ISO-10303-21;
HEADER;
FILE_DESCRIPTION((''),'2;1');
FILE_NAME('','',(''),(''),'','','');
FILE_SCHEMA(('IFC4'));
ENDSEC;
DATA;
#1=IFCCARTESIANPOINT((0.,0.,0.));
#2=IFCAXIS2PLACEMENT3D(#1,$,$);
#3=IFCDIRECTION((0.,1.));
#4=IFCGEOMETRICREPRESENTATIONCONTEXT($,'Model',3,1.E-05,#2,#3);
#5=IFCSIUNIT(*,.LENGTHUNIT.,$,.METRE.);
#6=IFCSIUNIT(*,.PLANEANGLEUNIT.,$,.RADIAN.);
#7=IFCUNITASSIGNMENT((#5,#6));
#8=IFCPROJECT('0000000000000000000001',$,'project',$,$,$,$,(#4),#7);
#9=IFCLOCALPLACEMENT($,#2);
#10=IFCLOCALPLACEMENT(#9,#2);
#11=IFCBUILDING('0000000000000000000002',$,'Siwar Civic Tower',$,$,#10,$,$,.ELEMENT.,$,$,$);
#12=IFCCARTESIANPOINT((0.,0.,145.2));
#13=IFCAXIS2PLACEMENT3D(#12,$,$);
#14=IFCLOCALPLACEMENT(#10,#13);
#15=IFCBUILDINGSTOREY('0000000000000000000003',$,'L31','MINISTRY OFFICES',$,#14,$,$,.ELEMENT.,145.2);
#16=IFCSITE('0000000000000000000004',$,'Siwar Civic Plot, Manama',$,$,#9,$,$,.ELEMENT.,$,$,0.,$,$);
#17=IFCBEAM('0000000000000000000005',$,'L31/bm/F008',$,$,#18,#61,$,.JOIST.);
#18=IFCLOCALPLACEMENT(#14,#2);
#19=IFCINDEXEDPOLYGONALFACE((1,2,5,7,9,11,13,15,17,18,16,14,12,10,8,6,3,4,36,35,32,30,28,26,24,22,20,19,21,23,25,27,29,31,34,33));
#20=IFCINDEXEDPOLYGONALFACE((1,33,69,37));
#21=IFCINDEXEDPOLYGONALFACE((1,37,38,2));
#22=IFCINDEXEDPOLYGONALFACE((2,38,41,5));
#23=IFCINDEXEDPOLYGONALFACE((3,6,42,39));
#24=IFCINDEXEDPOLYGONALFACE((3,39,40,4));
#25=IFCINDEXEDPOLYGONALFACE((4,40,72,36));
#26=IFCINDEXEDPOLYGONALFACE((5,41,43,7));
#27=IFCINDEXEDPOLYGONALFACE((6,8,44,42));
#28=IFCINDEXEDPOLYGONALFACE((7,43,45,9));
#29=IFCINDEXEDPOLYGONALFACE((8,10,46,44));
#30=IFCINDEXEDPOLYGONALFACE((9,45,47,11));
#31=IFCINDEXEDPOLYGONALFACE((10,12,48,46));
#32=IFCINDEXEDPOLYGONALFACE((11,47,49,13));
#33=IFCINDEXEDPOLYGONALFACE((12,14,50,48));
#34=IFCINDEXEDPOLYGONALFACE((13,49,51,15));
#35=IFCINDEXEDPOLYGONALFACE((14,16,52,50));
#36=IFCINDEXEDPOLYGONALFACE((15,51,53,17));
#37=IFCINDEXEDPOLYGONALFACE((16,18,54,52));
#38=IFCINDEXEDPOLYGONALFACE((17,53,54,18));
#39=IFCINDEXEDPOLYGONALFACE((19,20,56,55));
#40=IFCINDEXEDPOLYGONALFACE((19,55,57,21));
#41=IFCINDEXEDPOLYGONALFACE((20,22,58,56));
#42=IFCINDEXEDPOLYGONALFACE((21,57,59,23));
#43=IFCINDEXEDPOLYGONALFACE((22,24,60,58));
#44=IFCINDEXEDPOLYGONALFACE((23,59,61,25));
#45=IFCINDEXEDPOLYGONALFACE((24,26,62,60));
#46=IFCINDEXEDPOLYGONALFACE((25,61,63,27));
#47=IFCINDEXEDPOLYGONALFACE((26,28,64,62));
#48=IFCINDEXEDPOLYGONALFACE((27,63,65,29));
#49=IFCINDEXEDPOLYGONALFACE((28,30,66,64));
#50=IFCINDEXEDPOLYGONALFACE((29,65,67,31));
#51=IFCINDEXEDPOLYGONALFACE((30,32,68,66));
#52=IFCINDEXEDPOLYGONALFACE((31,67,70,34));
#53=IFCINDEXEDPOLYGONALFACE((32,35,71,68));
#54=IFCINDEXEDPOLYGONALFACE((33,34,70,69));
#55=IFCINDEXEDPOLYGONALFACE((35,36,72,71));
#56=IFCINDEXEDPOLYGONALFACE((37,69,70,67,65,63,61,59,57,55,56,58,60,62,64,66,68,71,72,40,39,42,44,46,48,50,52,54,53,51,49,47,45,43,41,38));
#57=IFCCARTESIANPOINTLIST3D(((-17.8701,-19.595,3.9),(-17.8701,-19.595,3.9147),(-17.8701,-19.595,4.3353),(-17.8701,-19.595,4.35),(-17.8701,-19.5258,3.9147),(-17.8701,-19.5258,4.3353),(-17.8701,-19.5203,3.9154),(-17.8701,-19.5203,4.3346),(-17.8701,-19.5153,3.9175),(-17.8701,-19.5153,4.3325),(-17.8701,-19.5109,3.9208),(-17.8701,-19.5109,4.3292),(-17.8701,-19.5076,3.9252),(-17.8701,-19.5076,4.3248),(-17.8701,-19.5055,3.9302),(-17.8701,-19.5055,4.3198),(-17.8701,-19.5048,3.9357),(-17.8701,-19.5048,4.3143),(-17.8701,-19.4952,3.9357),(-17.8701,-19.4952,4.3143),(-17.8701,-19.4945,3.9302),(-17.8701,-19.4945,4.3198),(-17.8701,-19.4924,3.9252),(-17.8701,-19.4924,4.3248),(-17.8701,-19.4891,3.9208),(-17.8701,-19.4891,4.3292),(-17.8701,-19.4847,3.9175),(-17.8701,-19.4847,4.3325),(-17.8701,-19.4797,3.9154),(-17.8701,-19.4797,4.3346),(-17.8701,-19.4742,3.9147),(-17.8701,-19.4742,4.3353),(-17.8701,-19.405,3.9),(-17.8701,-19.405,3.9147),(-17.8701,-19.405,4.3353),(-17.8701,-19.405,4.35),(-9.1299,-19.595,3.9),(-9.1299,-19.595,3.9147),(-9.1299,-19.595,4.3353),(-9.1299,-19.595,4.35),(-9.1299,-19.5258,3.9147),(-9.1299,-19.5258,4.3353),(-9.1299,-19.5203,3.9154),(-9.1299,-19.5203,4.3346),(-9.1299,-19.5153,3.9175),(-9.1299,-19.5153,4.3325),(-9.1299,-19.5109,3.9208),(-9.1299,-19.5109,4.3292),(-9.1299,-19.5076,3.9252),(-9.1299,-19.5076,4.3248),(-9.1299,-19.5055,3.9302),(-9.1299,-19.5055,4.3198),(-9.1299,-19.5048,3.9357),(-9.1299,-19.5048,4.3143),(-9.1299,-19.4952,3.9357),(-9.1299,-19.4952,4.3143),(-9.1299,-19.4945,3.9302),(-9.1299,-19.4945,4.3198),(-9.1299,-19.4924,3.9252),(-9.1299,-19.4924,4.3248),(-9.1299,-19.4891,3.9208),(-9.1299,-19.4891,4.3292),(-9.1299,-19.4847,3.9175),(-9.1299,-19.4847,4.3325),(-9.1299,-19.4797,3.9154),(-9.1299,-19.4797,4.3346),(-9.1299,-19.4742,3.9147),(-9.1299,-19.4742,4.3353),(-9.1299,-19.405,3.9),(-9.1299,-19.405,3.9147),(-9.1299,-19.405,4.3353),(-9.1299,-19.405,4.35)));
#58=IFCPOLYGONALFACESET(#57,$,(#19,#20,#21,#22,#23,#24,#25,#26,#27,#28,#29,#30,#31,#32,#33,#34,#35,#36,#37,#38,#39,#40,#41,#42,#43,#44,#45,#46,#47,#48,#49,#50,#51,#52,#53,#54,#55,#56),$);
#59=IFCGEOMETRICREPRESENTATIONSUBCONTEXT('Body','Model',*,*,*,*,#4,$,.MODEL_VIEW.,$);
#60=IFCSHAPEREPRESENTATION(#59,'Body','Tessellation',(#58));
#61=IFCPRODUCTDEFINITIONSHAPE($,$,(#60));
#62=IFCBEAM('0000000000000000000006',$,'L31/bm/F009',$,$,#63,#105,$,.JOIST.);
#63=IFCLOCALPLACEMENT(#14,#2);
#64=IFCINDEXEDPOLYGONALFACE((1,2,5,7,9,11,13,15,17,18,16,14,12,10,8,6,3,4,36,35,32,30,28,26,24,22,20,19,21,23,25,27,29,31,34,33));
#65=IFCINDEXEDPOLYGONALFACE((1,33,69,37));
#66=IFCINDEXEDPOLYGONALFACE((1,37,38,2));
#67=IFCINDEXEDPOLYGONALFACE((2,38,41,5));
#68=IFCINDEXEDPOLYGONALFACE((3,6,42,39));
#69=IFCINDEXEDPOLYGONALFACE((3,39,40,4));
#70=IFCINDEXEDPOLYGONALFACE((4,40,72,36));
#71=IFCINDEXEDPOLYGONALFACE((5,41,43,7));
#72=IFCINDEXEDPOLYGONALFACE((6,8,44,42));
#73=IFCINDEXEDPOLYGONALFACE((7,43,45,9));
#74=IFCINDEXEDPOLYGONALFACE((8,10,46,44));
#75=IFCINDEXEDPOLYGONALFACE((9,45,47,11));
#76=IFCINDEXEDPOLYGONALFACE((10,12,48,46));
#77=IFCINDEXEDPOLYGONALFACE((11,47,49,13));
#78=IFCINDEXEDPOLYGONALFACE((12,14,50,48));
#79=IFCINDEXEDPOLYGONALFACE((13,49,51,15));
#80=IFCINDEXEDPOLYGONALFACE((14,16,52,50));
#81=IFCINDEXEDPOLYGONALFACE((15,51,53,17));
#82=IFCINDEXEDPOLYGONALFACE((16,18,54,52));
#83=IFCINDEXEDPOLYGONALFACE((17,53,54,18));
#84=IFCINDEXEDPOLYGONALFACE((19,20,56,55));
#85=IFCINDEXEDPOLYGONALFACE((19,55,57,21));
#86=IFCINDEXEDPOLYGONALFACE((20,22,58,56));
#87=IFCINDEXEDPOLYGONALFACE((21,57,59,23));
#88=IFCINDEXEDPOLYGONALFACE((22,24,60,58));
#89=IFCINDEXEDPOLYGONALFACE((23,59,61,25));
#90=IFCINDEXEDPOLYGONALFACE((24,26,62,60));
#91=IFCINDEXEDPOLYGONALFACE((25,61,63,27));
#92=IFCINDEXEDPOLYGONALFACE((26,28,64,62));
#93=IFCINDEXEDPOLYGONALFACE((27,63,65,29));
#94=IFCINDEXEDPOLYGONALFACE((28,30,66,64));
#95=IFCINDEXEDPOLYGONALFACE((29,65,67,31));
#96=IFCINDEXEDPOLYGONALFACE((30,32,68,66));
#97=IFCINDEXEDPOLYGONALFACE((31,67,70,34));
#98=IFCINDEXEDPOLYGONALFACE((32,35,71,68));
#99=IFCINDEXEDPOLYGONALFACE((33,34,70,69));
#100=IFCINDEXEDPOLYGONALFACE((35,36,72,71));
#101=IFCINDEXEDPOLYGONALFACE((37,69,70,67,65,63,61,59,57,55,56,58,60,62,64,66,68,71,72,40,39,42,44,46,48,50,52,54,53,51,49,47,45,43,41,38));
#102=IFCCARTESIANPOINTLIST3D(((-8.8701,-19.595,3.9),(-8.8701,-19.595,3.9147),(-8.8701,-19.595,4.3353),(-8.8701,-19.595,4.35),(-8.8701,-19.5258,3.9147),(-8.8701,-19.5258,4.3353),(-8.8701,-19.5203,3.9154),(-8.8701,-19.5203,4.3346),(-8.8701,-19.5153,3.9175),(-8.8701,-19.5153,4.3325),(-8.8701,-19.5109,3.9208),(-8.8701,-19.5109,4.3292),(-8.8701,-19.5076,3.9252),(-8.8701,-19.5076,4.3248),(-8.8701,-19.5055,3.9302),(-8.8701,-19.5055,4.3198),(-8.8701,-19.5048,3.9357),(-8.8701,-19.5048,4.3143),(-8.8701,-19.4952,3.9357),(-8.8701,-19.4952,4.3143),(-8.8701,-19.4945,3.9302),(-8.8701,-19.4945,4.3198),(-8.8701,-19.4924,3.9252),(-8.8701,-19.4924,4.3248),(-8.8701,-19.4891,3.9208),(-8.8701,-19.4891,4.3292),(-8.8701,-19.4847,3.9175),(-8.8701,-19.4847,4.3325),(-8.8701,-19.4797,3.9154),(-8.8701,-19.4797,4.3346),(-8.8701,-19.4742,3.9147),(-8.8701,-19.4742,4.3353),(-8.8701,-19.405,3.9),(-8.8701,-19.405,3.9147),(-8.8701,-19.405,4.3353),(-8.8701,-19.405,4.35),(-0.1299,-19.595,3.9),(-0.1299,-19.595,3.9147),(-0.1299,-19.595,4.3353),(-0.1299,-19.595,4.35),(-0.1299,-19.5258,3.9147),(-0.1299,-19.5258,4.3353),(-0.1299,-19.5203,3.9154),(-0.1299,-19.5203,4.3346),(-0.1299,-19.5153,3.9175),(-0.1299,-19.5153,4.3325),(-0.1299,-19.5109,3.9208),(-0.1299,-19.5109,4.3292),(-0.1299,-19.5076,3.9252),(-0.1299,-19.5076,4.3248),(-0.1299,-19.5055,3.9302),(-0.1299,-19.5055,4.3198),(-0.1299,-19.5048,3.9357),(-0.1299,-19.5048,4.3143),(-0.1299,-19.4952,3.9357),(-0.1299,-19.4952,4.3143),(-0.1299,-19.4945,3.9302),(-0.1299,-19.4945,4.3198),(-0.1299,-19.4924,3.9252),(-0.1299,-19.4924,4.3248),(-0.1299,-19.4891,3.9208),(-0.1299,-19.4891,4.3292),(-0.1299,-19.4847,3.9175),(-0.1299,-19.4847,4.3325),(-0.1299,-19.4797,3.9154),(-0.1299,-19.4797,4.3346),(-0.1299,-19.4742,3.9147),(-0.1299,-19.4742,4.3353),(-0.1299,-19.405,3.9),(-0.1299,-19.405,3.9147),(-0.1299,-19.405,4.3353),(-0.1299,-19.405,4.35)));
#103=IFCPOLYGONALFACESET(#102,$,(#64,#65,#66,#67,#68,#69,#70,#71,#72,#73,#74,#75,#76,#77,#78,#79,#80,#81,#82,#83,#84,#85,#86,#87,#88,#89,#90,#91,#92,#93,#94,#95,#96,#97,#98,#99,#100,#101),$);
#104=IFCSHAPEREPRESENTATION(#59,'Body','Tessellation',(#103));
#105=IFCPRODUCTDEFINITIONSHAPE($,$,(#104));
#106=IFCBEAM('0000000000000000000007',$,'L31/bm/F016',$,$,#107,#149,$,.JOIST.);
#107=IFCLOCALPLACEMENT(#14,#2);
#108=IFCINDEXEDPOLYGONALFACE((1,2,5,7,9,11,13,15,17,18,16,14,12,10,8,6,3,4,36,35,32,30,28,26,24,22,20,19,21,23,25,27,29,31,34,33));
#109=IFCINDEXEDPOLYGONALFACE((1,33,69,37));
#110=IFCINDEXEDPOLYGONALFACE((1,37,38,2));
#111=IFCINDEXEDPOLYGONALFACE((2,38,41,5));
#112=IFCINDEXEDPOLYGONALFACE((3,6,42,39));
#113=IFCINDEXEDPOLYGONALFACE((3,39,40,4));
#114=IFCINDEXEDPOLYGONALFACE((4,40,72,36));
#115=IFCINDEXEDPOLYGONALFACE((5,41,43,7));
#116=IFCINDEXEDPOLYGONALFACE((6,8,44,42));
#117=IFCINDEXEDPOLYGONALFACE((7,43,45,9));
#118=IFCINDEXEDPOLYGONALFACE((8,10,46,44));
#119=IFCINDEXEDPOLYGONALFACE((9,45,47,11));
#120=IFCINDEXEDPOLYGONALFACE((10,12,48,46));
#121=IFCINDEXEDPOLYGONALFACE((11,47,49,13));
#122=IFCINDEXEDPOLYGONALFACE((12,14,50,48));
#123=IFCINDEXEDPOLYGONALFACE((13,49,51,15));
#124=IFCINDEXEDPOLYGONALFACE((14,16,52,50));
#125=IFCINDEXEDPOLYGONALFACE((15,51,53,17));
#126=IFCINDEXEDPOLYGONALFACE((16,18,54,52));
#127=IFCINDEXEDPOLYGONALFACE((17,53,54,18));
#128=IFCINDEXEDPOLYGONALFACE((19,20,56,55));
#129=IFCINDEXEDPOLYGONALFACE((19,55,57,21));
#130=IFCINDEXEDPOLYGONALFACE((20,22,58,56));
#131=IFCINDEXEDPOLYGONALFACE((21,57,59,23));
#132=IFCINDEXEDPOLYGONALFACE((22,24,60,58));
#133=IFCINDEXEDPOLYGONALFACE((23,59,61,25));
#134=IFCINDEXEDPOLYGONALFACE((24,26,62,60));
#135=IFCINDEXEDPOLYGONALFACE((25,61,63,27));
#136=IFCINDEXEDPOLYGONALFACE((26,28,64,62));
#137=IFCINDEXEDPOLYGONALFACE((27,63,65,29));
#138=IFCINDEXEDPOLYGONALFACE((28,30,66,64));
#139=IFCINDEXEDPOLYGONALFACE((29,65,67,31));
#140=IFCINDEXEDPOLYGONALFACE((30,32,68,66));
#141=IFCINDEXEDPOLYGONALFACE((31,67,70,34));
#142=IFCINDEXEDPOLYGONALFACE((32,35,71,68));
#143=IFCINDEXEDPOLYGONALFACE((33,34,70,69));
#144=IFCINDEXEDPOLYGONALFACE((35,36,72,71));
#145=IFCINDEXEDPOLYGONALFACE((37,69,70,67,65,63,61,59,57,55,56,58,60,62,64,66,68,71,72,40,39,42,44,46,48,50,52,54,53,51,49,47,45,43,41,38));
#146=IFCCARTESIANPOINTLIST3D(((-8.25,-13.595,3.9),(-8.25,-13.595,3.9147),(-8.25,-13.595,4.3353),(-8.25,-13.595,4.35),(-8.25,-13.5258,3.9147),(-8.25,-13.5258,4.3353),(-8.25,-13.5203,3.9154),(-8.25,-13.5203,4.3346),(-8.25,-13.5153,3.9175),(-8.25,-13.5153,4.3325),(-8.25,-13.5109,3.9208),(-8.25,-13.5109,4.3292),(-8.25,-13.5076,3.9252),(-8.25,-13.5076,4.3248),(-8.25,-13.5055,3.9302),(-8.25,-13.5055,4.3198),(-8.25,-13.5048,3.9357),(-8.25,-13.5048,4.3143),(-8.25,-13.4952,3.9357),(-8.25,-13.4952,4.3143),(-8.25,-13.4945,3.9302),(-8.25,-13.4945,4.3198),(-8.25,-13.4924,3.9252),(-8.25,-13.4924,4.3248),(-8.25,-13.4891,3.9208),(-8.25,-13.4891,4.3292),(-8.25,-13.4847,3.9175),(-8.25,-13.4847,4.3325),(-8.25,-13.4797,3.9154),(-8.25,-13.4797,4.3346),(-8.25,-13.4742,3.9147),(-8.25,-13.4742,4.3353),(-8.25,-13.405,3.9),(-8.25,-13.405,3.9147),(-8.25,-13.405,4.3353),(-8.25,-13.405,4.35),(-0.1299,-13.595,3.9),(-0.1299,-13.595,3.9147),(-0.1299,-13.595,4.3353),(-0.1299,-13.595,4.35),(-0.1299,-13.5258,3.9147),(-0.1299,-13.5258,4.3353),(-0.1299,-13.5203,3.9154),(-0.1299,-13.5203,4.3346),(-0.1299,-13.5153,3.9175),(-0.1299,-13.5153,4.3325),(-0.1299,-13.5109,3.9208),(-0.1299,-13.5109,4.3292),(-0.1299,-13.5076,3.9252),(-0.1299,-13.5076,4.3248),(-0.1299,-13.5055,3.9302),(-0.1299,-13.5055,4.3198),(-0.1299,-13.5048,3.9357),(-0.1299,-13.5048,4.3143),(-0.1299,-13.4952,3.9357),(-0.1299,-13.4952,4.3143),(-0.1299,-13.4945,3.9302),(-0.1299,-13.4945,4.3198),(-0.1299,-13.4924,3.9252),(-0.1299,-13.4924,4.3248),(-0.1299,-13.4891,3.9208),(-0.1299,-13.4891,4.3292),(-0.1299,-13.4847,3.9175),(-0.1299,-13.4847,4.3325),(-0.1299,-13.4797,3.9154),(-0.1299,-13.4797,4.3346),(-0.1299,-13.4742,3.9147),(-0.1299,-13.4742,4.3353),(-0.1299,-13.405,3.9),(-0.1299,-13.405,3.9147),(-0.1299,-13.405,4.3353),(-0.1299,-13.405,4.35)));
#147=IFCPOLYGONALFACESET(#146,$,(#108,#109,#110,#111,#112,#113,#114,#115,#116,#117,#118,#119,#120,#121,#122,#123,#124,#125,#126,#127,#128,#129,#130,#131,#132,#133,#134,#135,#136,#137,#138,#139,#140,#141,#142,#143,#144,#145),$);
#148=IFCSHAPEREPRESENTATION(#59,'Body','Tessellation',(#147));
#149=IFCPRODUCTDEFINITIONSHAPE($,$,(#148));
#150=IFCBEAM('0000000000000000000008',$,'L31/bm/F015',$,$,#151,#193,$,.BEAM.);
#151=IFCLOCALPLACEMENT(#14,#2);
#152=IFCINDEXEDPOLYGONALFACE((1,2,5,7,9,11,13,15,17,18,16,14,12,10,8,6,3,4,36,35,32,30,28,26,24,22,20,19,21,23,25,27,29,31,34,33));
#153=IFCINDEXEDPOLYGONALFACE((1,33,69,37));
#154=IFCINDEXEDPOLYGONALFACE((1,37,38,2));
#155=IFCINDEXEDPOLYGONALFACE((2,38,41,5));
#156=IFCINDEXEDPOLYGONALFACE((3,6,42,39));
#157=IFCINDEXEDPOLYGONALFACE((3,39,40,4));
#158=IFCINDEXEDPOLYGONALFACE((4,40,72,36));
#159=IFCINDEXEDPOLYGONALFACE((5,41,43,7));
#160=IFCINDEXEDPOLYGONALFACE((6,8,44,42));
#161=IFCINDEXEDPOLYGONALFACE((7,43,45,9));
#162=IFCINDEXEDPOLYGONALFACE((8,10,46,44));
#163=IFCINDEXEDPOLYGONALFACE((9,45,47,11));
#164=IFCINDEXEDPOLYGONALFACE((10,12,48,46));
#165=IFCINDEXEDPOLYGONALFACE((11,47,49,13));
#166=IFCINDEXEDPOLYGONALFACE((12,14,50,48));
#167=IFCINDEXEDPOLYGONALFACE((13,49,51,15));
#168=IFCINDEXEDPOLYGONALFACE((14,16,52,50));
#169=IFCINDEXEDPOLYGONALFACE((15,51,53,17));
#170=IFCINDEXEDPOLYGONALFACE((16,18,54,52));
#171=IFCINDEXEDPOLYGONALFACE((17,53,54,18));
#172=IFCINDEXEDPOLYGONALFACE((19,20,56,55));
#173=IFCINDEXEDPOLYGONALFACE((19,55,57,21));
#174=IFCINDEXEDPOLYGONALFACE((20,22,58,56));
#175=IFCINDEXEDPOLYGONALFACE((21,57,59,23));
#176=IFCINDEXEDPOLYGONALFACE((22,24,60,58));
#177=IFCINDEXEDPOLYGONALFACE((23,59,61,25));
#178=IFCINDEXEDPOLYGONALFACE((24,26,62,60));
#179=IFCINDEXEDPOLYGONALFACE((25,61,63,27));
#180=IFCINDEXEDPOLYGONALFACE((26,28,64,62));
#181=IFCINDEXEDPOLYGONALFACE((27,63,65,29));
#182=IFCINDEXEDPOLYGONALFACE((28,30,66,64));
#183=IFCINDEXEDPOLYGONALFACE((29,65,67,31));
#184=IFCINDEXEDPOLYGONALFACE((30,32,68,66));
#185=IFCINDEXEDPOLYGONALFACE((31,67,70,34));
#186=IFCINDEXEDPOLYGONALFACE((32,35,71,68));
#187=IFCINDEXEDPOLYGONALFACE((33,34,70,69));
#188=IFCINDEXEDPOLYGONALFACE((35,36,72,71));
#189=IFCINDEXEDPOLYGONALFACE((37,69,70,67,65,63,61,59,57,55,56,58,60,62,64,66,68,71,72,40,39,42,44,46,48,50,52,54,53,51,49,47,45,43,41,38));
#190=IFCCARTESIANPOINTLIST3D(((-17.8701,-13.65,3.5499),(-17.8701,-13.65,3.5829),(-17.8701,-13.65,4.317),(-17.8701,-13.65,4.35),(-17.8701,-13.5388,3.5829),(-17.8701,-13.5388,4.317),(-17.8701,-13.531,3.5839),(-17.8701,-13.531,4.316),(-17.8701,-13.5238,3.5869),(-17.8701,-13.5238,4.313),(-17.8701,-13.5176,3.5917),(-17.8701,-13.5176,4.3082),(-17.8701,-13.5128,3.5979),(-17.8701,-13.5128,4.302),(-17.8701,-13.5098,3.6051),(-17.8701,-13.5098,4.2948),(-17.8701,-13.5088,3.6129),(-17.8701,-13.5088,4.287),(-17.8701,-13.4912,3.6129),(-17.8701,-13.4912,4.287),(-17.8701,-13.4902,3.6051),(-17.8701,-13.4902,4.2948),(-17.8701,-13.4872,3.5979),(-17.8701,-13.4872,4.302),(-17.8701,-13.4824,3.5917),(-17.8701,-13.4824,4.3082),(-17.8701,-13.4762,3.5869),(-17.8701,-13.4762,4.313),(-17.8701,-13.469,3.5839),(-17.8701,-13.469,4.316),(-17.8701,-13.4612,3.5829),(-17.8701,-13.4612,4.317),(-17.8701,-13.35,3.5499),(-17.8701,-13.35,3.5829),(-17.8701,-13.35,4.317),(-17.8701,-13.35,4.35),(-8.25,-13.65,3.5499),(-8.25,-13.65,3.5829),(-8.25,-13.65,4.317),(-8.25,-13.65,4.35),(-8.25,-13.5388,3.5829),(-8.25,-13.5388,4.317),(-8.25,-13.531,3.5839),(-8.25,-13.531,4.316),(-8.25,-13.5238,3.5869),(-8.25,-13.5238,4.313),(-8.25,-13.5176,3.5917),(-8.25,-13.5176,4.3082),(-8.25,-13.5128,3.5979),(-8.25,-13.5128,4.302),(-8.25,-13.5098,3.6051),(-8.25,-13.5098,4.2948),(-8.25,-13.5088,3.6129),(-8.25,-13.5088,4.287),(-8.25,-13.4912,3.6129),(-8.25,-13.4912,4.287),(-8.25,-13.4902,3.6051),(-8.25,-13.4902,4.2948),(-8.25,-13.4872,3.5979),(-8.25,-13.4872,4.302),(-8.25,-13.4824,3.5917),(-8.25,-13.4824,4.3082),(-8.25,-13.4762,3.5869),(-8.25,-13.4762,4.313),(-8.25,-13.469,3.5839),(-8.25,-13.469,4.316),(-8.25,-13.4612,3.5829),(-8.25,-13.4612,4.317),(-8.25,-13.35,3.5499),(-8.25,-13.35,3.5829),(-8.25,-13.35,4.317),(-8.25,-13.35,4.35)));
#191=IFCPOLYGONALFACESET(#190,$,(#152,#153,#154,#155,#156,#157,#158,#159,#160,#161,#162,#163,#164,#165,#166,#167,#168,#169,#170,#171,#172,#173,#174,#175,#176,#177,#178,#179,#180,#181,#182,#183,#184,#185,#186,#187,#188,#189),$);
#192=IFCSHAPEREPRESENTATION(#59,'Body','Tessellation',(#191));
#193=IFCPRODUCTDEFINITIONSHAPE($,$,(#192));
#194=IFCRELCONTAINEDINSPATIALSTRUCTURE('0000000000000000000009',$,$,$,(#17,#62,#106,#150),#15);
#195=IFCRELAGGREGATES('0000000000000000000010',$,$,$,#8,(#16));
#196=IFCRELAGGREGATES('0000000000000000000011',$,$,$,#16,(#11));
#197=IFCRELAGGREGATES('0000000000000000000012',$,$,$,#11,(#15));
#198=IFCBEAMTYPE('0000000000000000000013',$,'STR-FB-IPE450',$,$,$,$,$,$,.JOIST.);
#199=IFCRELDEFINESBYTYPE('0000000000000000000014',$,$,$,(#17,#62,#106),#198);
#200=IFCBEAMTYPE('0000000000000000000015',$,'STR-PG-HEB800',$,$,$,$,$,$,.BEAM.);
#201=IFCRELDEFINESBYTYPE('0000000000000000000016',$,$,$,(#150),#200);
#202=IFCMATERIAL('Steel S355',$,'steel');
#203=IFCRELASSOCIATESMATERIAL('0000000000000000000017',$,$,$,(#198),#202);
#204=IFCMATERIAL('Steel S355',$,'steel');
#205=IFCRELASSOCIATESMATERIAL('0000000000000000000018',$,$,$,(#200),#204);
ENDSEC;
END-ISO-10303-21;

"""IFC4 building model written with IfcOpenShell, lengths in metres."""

from ifc_helpers import new_model, si_unit, direction, frame, origin, origin_2d, place, context, subcontext, project, spatial, i_section, extrude, material, material_profile, profile_set, type_object, element, save


model = new_model("IFC4")

# Units and contexts
model_context = context("Model", 3, precision=1e-05, world=origin(), true_north=direction((0.0, 1.0)))
body_context = subcontext(model_context, "Body", "Model", "MODEL_VIEW")
ifc_project = project(units=[si_unit("LENGTHUNIT", "METRE"), si_unit("PLANEANGLEUNIT", "RADIAN")], contexts=[model_context])

# Site, building, storey
site_placement = place(None, origin())
site = spatial("IfcSite", under=ifc_project, at=site_placement, Name="Siwar Civic Plot, Manama", CompositionType="ELEMENT", RefElevation=0.0)
building_placement = place(site_placement, origin())
building = spatial("IfcBuilding", under=site, at=building_placement, Name="Siwar Civic Tower", CompositionType="ELEMENT")
storey_placement = place(building_placement, frame((0.0, 0.0, 145.2)))
storey = spatial("IfcBuildingStorey", under=building, at=storey_placement, Name="L31", Description="MINISTRY OFFICES", CompositionType="ELEMENT", Elevation=145.2)

# Beams
ifc_material_1 = material(Name="Steel S355", Category="steel")
ifc_material_profile_1 = material_profile(ifc_material_1, i_section(OverallWidth=0.1899, OverallDepth=0.45, WebThickness=0.0095, FlangeThickness=0.0146, FilletRadius=0.021, at=origin_2d()), Name="IPE450")
ifc_profile_set_1 = profile_set([ifc_material_profile_1], Name="Steel S355")
beam_type_1 = type_object("IfcBeamType", Name="STR-FB-IPE450", PredefinedType="JOIST", material=ifc_profile_set_1)
for number, where, z_axis, x_axis, name in (
    (1, (-17.8701, -19.5, 4.125), (1.0, 0.0, 0.0), (0.0, 1.0, 0.0), "L31/bm/F008"),
    (2, (-8.8701, -19.5, 4.125), (1.0, 0.0, 0.0), (0.0, 1.0, 0.0), "L31/bm/F009"),
):
    element("IfcBeam", number, at=place(storey_placement, frame(where, z_axis=z_axis, x_axis=x_axis)), inside=storey, type_object=beam_type_1, Name=name, PredefinedType="JOIST", context=body_context, shape_type="SweptSolid", body=[
        extrude(i_section(OverallWidth=0.1899, OverallDepth=0.45, WebThickness=0.0095, FlangeThickness=0.0146, FilletRadius=0.021, at=origin_2d()), origin(), (0.0, 0.0, 1.0), 8.7402),
    ])
beam_1_placement = place(storey_placement, frame((-8.25, -13.5, 4.125), z_axis=(1.0, 0.0, 0.0), x_axis=(0.0, 1.0, 0.0)))
element("IfcBeam", 3, at=beam_1_placement, inside=storey, type_object=beam_type_1, Name="L31/bm/F016", PredefinedType="JOIST", context=body_context, shape_type="SweptSolid", body=[
    extrude(i_section(OverallWidth=0.1899, OverallDepth=0.45, WebThickness=0.0095, FlangeThickness=0.0146, FilletRadius=0.021, at=origin_2d()), origin(), (0.0, 0.0, 1.0), 8.1201),
])
ifc_material_2 = material(Name="Steel S355", Category="steel")
ifc_material_profile_2 = material_profile(ifc_material_2, i_section(OverallWidth=0.3, OverallDepth=0.8, WebThickness=0.0176, FlangeThickness=0.033, FilletRadius=0.03, at=origin_2d()), Name="HEB800")
ifc_profile_set_2 = profile_set([ifc_material_profile_2], Name="Steel S355")
beam_type_2 = type_object("IfcBeamType", Name="STR-PG-HEB800", PredefinedType="BEAM", material=ifc_profile_set_2)
beam_2_placement = place(storey_placement, frame((-17.8701, -13.5, 3.95), z_axis=(1.0, 0.0, 0.0), x_axis=(0.0, 1.0, 0.0)))
element("IfcBeam", 4, at=beam_2_placement, inside=storey, type_object=beam_type_2, Name="L31/bm/F015", PredefinedType="BEAM", context=body_context, shape_type="SweptSolid", body=[
    extrude(i_section(OverallWidth=0.3, OverallDepth=0.8, WebThickness=0.0176, FlangeThickness=0.033, FilletRadius=0.03, at=origin_2d()), origin(), (0.0, 0.0, 1.0), 9.6201),
])

save(model, "model.ifc")
